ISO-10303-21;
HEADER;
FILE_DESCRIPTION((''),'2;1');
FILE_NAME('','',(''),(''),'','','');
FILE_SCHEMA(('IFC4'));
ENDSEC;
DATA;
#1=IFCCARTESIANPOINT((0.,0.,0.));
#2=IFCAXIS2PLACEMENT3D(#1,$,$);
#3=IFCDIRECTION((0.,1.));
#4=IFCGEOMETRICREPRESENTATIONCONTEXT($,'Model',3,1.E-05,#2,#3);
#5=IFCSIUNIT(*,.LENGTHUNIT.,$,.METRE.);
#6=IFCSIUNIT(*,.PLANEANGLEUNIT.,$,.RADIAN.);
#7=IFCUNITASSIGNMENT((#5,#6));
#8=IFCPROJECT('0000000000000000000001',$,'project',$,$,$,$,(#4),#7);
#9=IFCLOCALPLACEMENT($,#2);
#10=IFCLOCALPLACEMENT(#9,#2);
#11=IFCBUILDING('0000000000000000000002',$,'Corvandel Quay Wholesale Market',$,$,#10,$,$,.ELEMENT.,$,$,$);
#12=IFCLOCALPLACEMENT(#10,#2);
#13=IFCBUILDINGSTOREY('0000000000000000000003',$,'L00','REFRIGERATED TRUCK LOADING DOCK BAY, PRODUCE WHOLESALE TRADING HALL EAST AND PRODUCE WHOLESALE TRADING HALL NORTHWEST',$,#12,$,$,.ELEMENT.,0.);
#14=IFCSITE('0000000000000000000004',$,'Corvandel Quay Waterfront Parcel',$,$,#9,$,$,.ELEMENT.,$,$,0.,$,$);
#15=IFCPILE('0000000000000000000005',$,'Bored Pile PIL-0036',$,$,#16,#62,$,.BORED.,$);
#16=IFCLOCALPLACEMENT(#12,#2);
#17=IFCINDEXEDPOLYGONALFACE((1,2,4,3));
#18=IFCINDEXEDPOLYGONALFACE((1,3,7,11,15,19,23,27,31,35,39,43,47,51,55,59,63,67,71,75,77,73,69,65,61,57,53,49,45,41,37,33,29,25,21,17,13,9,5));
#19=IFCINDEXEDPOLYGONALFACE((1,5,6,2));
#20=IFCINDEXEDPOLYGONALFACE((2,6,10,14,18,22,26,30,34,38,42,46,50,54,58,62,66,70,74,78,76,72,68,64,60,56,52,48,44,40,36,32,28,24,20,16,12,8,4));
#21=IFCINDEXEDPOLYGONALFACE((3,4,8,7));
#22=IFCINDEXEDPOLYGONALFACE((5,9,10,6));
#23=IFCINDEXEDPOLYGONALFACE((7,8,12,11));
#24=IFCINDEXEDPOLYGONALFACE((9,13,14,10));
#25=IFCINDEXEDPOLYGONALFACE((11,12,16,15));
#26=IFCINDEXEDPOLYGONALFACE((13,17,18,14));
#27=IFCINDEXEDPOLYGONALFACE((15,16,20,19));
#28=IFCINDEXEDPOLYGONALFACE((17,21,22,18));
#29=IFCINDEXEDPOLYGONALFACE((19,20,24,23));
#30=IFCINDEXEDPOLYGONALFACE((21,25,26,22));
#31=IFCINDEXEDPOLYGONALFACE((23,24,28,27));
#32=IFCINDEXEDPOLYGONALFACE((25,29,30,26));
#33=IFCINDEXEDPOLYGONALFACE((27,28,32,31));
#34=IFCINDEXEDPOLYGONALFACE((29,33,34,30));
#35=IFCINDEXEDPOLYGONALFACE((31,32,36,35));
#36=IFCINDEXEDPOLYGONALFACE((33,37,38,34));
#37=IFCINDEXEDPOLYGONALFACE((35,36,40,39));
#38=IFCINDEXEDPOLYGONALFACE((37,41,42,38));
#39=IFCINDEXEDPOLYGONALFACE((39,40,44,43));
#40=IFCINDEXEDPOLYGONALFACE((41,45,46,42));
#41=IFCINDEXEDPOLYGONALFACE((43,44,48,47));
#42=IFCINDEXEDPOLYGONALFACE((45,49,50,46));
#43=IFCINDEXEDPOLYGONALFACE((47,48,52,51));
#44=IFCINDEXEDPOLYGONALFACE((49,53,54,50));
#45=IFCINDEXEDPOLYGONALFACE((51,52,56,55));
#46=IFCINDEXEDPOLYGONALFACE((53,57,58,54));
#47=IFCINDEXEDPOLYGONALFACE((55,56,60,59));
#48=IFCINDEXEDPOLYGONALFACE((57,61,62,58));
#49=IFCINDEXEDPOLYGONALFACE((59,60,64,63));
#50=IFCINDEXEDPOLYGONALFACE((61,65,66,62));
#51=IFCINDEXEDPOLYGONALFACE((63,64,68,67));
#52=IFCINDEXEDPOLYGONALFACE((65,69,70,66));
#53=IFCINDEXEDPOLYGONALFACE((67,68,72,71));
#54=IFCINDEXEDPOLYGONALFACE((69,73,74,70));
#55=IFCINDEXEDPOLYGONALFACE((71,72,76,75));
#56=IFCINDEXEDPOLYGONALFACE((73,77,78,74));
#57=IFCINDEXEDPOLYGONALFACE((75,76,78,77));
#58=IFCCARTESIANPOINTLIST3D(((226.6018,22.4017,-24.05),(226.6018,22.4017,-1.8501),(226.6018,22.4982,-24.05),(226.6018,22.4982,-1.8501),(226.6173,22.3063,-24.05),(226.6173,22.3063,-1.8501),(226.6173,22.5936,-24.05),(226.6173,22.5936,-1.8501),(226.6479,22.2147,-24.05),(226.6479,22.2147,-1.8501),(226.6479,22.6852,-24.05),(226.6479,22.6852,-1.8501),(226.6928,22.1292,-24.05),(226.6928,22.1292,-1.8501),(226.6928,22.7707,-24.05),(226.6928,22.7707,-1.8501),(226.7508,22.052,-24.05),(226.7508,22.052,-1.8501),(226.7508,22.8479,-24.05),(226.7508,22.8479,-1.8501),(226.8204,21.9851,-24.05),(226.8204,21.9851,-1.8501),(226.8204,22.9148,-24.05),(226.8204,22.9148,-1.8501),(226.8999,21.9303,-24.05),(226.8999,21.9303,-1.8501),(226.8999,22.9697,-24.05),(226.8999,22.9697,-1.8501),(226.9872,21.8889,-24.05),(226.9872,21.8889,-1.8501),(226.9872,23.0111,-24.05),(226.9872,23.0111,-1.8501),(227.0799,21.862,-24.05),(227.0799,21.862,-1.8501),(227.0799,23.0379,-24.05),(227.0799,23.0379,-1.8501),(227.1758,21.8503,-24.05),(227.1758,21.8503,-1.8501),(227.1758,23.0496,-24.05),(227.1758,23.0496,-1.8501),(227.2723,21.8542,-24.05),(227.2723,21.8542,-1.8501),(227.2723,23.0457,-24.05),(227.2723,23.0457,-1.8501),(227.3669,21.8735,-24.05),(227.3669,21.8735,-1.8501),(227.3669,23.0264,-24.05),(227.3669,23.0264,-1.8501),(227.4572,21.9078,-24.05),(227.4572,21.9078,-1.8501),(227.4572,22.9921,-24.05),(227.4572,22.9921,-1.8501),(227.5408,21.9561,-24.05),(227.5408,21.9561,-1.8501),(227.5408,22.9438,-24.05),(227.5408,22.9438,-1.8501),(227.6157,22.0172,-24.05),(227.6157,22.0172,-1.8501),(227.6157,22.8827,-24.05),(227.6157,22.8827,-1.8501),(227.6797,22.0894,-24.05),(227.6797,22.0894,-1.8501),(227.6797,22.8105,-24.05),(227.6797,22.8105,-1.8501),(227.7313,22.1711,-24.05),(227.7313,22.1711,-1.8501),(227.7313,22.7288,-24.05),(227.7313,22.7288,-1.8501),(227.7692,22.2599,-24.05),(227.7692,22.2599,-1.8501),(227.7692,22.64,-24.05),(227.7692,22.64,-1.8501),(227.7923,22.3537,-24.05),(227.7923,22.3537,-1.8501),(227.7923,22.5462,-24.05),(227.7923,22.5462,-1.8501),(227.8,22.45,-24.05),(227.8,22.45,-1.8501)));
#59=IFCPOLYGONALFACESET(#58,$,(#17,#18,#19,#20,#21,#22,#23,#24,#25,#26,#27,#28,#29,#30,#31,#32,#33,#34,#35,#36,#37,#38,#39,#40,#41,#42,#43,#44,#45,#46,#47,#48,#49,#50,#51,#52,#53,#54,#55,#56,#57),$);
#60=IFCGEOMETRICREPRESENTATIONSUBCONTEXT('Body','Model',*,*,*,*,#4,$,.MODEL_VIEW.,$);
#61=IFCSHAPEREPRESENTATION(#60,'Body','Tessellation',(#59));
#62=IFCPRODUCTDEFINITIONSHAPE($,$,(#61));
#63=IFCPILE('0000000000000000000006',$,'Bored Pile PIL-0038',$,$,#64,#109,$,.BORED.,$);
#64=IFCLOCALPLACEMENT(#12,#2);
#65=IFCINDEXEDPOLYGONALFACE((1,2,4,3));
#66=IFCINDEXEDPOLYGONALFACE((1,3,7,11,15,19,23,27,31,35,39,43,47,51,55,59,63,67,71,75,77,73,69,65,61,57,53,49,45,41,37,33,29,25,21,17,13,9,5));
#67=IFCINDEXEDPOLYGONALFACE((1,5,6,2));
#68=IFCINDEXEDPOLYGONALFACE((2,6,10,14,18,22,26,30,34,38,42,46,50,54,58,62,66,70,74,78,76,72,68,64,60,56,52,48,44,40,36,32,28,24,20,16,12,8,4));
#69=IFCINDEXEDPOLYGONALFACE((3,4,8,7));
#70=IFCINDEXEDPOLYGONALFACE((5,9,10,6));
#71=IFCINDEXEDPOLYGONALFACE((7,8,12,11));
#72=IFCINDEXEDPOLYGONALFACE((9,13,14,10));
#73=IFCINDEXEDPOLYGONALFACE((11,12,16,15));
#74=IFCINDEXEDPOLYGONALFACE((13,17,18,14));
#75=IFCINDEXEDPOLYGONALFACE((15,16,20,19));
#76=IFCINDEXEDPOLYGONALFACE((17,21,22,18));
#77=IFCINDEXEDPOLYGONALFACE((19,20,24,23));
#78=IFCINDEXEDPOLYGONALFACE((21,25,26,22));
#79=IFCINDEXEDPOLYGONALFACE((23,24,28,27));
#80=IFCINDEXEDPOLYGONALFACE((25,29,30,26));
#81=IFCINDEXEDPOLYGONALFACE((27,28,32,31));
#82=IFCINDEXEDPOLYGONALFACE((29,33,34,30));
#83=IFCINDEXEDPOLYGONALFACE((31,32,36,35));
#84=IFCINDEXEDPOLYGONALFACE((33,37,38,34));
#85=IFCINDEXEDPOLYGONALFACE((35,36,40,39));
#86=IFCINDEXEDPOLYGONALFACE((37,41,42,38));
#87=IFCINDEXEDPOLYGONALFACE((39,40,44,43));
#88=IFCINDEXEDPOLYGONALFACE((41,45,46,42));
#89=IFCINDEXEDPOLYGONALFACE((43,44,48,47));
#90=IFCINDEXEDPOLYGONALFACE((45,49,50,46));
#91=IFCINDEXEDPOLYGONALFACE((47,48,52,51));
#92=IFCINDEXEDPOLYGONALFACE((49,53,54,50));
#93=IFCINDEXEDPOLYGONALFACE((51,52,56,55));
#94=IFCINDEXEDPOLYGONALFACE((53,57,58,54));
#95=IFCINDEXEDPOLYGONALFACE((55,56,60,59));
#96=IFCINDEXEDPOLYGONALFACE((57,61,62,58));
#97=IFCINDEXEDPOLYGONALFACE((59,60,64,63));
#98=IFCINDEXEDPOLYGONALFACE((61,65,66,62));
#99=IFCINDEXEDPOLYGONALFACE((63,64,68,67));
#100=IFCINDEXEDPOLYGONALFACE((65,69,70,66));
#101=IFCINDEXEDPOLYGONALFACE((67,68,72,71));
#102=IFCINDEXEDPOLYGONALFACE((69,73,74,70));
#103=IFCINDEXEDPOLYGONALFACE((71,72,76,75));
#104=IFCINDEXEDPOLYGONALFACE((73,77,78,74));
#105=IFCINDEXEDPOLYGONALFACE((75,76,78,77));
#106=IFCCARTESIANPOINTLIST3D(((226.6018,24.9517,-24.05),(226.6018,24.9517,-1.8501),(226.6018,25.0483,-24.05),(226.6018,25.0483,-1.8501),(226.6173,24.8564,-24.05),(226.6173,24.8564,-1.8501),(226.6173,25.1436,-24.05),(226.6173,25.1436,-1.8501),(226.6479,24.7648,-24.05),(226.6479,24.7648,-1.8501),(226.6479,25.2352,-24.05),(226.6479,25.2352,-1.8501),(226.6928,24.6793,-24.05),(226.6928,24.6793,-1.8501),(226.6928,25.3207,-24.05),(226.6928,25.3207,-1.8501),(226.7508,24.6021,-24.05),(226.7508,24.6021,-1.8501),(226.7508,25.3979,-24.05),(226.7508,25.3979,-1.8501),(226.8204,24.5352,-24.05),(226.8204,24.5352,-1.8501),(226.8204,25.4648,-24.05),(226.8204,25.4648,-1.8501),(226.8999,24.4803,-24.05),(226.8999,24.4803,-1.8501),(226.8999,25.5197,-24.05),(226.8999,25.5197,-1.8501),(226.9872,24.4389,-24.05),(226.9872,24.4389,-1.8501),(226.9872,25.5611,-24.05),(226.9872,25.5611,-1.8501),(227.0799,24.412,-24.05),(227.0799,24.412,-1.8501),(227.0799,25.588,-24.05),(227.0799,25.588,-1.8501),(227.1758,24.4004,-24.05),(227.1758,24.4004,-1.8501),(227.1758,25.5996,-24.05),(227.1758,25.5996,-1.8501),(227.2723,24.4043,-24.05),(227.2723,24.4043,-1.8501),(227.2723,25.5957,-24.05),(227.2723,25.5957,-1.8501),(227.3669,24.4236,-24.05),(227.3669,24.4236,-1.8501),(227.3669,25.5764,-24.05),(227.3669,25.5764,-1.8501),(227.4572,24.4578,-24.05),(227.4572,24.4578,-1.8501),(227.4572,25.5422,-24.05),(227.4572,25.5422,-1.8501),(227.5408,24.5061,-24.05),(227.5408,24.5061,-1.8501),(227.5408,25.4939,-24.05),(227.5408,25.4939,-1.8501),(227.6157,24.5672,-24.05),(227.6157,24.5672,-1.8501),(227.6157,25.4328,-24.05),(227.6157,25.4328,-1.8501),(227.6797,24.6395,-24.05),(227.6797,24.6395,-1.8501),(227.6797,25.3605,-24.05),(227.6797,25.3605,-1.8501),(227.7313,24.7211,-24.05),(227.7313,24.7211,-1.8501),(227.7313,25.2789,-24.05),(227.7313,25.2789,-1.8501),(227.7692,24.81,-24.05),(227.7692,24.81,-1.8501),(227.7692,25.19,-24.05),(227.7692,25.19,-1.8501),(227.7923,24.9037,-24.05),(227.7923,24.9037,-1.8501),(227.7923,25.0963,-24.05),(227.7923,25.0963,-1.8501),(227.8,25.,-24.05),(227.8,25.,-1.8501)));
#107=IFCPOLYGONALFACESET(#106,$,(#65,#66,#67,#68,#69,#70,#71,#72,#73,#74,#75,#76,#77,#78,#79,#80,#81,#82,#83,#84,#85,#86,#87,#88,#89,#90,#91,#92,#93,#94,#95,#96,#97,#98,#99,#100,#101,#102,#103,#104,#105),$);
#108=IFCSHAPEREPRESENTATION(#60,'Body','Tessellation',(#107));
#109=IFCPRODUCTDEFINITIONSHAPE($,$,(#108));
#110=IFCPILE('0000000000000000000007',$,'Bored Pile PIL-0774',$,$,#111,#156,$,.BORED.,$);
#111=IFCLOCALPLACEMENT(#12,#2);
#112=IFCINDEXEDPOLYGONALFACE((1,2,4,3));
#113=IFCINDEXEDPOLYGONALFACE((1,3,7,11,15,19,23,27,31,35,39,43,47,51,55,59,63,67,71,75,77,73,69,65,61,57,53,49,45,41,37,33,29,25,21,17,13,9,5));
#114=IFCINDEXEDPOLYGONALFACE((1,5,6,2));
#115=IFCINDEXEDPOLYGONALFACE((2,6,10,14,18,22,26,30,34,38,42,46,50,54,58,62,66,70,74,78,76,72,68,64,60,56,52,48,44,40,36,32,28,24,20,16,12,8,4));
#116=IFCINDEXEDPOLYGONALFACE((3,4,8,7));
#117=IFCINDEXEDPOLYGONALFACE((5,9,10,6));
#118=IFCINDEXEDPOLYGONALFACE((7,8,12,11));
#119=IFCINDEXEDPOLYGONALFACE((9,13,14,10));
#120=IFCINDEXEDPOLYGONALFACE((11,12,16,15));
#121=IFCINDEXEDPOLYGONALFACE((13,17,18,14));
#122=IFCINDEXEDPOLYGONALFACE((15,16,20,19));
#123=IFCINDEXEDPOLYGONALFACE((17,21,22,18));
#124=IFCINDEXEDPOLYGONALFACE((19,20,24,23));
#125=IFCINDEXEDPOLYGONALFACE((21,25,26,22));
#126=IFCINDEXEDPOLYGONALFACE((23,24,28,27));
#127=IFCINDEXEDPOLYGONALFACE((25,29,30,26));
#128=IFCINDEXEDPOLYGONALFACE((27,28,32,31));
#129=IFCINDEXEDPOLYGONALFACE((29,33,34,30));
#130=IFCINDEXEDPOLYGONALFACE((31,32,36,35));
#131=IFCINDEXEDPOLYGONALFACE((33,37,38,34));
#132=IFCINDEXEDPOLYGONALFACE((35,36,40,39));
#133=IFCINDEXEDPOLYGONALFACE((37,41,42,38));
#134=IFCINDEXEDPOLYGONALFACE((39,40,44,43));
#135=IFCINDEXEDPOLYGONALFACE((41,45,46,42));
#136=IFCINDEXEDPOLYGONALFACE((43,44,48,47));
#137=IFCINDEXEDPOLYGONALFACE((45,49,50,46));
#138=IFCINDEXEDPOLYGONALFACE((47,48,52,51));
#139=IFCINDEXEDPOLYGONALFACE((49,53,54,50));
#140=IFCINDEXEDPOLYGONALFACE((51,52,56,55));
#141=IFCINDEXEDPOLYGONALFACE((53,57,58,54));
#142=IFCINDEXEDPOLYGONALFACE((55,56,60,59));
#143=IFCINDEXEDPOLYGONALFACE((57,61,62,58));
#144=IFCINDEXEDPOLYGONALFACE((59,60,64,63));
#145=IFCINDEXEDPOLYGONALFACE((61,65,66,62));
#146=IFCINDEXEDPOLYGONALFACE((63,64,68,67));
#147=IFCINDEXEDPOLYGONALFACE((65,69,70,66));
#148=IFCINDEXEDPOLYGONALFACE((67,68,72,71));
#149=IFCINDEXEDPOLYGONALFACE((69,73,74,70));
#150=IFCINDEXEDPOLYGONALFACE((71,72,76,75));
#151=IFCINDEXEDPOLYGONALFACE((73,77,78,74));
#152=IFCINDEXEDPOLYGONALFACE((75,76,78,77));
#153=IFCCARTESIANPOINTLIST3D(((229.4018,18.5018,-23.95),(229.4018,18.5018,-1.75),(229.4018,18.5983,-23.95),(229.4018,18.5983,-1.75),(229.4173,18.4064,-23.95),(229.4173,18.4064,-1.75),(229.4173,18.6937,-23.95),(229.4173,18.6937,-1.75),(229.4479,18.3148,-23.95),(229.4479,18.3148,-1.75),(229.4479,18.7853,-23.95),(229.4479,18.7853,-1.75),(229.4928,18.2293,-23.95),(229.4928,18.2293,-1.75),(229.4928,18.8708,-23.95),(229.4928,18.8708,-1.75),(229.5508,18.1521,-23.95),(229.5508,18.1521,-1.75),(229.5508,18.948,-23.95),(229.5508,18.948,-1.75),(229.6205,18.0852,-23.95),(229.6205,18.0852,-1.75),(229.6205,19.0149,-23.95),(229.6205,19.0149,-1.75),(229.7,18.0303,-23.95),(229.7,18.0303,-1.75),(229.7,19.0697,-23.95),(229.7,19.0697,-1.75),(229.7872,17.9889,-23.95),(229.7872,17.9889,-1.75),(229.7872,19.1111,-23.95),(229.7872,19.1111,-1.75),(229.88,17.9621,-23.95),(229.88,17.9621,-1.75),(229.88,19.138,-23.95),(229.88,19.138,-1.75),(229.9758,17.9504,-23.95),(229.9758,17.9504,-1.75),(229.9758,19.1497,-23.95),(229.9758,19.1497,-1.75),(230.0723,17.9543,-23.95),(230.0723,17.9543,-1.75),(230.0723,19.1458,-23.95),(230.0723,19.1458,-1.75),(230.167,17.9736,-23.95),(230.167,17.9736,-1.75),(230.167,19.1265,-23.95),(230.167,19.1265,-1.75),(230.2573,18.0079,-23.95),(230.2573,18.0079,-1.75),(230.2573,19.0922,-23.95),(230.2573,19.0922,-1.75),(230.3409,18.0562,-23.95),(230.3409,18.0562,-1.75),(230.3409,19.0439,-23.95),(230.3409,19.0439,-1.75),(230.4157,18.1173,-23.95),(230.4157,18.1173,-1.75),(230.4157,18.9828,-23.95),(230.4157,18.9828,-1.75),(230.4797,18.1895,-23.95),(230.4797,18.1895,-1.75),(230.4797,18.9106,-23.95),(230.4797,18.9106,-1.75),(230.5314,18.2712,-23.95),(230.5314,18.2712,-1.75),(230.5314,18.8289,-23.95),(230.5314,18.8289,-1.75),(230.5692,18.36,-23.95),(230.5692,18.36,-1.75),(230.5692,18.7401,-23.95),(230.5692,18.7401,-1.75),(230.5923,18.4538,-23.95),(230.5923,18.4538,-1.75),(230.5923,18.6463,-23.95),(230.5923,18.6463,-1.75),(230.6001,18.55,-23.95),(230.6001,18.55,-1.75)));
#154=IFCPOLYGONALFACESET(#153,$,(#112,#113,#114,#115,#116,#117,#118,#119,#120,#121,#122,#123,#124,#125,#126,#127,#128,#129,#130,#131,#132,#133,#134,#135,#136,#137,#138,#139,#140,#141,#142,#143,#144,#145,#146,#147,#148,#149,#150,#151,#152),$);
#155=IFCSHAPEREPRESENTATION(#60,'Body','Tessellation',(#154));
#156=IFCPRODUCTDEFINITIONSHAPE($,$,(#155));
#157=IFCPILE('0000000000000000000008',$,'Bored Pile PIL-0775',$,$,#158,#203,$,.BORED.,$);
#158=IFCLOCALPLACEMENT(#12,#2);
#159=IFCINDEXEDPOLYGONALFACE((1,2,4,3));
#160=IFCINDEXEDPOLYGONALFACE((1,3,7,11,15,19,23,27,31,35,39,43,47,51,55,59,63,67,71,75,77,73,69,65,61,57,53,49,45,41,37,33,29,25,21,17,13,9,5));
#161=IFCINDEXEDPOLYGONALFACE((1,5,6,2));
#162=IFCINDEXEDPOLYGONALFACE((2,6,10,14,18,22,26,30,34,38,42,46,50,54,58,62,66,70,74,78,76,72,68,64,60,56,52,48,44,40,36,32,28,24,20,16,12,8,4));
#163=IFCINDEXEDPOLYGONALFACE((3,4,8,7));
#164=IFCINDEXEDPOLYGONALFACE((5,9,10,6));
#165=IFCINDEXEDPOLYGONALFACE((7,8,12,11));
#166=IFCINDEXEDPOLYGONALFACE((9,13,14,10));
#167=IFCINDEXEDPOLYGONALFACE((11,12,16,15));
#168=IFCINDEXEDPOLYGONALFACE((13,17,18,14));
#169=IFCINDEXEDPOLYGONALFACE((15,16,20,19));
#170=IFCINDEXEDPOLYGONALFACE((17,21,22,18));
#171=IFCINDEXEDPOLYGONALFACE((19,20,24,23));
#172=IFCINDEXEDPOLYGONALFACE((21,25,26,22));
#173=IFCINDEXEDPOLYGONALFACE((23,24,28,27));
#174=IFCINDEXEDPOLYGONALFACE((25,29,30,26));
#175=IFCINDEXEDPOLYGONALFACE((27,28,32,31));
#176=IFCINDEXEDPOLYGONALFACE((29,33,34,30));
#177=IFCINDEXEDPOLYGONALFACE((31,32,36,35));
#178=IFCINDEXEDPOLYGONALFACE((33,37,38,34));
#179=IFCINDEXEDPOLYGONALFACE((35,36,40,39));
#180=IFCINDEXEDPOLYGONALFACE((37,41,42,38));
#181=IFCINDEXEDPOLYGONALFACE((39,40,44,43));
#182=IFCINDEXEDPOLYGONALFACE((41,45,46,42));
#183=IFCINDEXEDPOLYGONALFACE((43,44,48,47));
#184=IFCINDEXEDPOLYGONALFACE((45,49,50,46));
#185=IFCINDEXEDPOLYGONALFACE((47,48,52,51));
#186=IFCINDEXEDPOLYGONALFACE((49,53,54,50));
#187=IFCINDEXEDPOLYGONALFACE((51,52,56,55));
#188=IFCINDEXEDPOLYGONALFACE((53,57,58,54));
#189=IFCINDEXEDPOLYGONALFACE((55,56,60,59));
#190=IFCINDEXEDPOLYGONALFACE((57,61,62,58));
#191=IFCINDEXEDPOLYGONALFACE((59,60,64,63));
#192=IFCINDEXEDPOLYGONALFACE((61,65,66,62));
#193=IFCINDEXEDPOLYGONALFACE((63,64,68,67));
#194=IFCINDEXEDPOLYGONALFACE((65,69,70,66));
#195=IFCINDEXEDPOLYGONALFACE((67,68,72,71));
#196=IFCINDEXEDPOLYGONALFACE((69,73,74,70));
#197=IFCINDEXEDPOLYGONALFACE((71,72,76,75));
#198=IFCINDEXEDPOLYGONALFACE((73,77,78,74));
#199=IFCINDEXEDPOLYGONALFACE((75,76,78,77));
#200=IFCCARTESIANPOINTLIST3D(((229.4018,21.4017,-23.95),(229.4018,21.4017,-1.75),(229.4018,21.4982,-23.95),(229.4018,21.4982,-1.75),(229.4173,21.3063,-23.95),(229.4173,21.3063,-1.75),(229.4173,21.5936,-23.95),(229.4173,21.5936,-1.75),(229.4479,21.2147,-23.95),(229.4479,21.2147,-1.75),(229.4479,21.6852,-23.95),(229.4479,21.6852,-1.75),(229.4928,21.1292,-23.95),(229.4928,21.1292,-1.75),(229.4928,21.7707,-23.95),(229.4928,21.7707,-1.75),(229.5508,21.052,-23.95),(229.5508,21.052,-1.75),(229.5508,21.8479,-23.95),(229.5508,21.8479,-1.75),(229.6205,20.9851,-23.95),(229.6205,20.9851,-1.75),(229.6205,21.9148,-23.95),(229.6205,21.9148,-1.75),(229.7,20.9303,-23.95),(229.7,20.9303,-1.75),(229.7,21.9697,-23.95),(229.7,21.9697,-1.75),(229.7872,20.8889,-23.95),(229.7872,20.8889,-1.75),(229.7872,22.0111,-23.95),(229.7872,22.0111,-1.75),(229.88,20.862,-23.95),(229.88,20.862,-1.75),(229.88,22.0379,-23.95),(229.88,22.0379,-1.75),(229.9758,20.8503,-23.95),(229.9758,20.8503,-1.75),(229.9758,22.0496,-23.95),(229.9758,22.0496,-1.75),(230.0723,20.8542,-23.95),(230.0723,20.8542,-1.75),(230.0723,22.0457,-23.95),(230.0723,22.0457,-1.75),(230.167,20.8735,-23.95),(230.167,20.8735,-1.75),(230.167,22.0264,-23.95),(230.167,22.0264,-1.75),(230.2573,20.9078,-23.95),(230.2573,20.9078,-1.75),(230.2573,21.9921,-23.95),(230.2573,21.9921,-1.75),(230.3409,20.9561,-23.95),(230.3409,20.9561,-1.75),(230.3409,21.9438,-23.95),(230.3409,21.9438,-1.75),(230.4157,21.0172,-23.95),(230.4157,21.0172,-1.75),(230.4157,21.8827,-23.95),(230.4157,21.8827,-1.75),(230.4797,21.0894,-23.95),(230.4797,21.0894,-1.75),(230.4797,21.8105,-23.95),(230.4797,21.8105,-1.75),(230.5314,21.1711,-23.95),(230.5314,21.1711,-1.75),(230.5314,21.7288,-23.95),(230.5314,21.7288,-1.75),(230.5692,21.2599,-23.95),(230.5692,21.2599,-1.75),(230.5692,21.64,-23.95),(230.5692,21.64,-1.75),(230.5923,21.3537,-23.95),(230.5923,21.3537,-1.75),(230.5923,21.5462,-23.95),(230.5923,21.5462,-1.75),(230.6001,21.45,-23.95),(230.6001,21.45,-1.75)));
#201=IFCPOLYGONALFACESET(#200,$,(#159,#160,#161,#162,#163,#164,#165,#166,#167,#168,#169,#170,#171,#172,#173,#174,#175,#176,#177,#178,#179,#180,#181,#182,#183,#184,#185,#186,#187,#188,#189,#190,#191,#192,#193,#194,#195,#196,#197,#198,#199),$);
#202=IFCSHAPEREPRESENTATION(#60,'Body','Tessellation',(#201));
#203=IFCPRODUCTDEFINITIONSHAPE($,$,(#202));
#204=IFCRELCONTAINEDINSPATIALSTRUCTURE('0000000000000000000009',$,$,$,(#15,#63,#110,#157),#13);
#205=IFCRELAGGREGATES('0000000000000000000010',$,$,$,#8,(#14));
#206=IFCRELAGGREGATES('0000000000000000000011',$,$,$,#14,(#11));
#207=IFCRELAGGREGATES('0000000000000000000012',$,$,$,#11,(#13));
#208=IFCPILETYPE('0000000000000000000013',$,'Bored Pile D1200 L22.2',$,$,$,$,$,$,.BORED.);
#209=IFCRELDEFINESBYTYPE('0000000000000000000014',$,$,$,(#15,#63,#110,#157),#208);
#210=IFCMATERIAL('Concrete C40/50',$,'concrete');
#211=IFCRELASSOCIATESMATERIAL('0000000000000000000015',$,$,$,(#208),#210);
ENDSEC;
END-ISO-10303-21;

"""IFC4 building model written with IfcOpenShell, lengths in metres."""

from ifc_helpers import new_model, si_unit, direction, frame, origin, origin_2d, place, context, subcontext, project, spatial, circle, extrude, material, material_profile, profile_set, type_object, element, save


model = new_model("IFC4")

# Units and contexts
model_context = context("Model", 3, precision=1e-05, world=origin(), true_north=direction((0.0, 1.0)))
body_context = subcontext(model_context, "Body", "Model", "MODEL_VIEW")
ifc_project = project(units=[si_unit("LENGTHUNIT", "METRE"), si_unit("PLANEANGLEUNIT", "RADIAN")], contexts=[model_context])

# Site, building, storey
site_placement = place(None, origin())
site = spatial("IfcSite", under=ifc_project, at=site_placement, Name="Corvandel Quay Waterfront Parcel", CompositionType="ELEMENT", RefElevation=0.0)
building_placement = place(site_placement, origin())
building = spatial("IfcBuilding", under=site, at=building_placement, Name="Corvandel Quay Wholesale Market", CompositionType="ELEMENT")
storey_placement = place(building_placement, origin())
storey = spatial("IfcBuildingStorey", under=building, at=storey_placement, Name="L00", Description="REFRIGERATED TRUCK LOADING DOCK BAY, PRODUCE WHOLESALE TRADING HALL EAST AND PRODUCE WHOLESALE TRADING HALL NORTHWEST", CompositionType="ELEMENT", Elevation=0.0)

# Piles
ifc_material_1 = material(Name="Concrete C40/50", Category="concrete")
ifc_material_profile_1 = material_profile(ifc_material_1, circle(Radius=0.6001, at=origin_2d()), Name="RC-PILE-D1200")
ifc_profile_set_1 = profile_set([ifc_material_profile_1], Name="Concrete C40/50")
pile_type_1 = type_object("IfcPileType", Name="Bored Pile D1200 L22.2", PredefinedType="BORED", material=ifc_profile_set_1)
for number, where, z_axis, x_axis, name in (
    (1, (227.2, 22.45, -1.8501), (0.0, 0.0, -1.0), (1.0, 0.0, 0.0), "Bored Pile PIL-0036"),
    (2, (227.2, 25.0, -1.8501), (0.0, 0.0, -1.0), (1.0, 0.0, 0.0), "Bored Pile PIL-0038"),
    (3, (230.0, 18.55, -1.75), (0.0, 0.0, -1.0), (1.0, 0.0, 0.0), "Bored Pile PIL-0774"),
    (4, (230.0, 21.45, -1.75), (0.0, 0.0, -1.0), (1.0, 0.0, 0.0), "Bored Pile PIL-0775"),
):
    element("IfcPile", number, at=place(storey_placement, frame(where, z_axis=z_axis, x_axis=x_axis)), inside=storey, type_object=pile_type_1, Name=name, PredefinedType="BORED", context=body_context, shape_type="SweptSolid", body=[
        extrude(circle(Radius=0.6001, at=origin_2d()), origin(), (0.0, 0.0, 1.0), 22.2),
    ])

save(model, "model.ifc")
